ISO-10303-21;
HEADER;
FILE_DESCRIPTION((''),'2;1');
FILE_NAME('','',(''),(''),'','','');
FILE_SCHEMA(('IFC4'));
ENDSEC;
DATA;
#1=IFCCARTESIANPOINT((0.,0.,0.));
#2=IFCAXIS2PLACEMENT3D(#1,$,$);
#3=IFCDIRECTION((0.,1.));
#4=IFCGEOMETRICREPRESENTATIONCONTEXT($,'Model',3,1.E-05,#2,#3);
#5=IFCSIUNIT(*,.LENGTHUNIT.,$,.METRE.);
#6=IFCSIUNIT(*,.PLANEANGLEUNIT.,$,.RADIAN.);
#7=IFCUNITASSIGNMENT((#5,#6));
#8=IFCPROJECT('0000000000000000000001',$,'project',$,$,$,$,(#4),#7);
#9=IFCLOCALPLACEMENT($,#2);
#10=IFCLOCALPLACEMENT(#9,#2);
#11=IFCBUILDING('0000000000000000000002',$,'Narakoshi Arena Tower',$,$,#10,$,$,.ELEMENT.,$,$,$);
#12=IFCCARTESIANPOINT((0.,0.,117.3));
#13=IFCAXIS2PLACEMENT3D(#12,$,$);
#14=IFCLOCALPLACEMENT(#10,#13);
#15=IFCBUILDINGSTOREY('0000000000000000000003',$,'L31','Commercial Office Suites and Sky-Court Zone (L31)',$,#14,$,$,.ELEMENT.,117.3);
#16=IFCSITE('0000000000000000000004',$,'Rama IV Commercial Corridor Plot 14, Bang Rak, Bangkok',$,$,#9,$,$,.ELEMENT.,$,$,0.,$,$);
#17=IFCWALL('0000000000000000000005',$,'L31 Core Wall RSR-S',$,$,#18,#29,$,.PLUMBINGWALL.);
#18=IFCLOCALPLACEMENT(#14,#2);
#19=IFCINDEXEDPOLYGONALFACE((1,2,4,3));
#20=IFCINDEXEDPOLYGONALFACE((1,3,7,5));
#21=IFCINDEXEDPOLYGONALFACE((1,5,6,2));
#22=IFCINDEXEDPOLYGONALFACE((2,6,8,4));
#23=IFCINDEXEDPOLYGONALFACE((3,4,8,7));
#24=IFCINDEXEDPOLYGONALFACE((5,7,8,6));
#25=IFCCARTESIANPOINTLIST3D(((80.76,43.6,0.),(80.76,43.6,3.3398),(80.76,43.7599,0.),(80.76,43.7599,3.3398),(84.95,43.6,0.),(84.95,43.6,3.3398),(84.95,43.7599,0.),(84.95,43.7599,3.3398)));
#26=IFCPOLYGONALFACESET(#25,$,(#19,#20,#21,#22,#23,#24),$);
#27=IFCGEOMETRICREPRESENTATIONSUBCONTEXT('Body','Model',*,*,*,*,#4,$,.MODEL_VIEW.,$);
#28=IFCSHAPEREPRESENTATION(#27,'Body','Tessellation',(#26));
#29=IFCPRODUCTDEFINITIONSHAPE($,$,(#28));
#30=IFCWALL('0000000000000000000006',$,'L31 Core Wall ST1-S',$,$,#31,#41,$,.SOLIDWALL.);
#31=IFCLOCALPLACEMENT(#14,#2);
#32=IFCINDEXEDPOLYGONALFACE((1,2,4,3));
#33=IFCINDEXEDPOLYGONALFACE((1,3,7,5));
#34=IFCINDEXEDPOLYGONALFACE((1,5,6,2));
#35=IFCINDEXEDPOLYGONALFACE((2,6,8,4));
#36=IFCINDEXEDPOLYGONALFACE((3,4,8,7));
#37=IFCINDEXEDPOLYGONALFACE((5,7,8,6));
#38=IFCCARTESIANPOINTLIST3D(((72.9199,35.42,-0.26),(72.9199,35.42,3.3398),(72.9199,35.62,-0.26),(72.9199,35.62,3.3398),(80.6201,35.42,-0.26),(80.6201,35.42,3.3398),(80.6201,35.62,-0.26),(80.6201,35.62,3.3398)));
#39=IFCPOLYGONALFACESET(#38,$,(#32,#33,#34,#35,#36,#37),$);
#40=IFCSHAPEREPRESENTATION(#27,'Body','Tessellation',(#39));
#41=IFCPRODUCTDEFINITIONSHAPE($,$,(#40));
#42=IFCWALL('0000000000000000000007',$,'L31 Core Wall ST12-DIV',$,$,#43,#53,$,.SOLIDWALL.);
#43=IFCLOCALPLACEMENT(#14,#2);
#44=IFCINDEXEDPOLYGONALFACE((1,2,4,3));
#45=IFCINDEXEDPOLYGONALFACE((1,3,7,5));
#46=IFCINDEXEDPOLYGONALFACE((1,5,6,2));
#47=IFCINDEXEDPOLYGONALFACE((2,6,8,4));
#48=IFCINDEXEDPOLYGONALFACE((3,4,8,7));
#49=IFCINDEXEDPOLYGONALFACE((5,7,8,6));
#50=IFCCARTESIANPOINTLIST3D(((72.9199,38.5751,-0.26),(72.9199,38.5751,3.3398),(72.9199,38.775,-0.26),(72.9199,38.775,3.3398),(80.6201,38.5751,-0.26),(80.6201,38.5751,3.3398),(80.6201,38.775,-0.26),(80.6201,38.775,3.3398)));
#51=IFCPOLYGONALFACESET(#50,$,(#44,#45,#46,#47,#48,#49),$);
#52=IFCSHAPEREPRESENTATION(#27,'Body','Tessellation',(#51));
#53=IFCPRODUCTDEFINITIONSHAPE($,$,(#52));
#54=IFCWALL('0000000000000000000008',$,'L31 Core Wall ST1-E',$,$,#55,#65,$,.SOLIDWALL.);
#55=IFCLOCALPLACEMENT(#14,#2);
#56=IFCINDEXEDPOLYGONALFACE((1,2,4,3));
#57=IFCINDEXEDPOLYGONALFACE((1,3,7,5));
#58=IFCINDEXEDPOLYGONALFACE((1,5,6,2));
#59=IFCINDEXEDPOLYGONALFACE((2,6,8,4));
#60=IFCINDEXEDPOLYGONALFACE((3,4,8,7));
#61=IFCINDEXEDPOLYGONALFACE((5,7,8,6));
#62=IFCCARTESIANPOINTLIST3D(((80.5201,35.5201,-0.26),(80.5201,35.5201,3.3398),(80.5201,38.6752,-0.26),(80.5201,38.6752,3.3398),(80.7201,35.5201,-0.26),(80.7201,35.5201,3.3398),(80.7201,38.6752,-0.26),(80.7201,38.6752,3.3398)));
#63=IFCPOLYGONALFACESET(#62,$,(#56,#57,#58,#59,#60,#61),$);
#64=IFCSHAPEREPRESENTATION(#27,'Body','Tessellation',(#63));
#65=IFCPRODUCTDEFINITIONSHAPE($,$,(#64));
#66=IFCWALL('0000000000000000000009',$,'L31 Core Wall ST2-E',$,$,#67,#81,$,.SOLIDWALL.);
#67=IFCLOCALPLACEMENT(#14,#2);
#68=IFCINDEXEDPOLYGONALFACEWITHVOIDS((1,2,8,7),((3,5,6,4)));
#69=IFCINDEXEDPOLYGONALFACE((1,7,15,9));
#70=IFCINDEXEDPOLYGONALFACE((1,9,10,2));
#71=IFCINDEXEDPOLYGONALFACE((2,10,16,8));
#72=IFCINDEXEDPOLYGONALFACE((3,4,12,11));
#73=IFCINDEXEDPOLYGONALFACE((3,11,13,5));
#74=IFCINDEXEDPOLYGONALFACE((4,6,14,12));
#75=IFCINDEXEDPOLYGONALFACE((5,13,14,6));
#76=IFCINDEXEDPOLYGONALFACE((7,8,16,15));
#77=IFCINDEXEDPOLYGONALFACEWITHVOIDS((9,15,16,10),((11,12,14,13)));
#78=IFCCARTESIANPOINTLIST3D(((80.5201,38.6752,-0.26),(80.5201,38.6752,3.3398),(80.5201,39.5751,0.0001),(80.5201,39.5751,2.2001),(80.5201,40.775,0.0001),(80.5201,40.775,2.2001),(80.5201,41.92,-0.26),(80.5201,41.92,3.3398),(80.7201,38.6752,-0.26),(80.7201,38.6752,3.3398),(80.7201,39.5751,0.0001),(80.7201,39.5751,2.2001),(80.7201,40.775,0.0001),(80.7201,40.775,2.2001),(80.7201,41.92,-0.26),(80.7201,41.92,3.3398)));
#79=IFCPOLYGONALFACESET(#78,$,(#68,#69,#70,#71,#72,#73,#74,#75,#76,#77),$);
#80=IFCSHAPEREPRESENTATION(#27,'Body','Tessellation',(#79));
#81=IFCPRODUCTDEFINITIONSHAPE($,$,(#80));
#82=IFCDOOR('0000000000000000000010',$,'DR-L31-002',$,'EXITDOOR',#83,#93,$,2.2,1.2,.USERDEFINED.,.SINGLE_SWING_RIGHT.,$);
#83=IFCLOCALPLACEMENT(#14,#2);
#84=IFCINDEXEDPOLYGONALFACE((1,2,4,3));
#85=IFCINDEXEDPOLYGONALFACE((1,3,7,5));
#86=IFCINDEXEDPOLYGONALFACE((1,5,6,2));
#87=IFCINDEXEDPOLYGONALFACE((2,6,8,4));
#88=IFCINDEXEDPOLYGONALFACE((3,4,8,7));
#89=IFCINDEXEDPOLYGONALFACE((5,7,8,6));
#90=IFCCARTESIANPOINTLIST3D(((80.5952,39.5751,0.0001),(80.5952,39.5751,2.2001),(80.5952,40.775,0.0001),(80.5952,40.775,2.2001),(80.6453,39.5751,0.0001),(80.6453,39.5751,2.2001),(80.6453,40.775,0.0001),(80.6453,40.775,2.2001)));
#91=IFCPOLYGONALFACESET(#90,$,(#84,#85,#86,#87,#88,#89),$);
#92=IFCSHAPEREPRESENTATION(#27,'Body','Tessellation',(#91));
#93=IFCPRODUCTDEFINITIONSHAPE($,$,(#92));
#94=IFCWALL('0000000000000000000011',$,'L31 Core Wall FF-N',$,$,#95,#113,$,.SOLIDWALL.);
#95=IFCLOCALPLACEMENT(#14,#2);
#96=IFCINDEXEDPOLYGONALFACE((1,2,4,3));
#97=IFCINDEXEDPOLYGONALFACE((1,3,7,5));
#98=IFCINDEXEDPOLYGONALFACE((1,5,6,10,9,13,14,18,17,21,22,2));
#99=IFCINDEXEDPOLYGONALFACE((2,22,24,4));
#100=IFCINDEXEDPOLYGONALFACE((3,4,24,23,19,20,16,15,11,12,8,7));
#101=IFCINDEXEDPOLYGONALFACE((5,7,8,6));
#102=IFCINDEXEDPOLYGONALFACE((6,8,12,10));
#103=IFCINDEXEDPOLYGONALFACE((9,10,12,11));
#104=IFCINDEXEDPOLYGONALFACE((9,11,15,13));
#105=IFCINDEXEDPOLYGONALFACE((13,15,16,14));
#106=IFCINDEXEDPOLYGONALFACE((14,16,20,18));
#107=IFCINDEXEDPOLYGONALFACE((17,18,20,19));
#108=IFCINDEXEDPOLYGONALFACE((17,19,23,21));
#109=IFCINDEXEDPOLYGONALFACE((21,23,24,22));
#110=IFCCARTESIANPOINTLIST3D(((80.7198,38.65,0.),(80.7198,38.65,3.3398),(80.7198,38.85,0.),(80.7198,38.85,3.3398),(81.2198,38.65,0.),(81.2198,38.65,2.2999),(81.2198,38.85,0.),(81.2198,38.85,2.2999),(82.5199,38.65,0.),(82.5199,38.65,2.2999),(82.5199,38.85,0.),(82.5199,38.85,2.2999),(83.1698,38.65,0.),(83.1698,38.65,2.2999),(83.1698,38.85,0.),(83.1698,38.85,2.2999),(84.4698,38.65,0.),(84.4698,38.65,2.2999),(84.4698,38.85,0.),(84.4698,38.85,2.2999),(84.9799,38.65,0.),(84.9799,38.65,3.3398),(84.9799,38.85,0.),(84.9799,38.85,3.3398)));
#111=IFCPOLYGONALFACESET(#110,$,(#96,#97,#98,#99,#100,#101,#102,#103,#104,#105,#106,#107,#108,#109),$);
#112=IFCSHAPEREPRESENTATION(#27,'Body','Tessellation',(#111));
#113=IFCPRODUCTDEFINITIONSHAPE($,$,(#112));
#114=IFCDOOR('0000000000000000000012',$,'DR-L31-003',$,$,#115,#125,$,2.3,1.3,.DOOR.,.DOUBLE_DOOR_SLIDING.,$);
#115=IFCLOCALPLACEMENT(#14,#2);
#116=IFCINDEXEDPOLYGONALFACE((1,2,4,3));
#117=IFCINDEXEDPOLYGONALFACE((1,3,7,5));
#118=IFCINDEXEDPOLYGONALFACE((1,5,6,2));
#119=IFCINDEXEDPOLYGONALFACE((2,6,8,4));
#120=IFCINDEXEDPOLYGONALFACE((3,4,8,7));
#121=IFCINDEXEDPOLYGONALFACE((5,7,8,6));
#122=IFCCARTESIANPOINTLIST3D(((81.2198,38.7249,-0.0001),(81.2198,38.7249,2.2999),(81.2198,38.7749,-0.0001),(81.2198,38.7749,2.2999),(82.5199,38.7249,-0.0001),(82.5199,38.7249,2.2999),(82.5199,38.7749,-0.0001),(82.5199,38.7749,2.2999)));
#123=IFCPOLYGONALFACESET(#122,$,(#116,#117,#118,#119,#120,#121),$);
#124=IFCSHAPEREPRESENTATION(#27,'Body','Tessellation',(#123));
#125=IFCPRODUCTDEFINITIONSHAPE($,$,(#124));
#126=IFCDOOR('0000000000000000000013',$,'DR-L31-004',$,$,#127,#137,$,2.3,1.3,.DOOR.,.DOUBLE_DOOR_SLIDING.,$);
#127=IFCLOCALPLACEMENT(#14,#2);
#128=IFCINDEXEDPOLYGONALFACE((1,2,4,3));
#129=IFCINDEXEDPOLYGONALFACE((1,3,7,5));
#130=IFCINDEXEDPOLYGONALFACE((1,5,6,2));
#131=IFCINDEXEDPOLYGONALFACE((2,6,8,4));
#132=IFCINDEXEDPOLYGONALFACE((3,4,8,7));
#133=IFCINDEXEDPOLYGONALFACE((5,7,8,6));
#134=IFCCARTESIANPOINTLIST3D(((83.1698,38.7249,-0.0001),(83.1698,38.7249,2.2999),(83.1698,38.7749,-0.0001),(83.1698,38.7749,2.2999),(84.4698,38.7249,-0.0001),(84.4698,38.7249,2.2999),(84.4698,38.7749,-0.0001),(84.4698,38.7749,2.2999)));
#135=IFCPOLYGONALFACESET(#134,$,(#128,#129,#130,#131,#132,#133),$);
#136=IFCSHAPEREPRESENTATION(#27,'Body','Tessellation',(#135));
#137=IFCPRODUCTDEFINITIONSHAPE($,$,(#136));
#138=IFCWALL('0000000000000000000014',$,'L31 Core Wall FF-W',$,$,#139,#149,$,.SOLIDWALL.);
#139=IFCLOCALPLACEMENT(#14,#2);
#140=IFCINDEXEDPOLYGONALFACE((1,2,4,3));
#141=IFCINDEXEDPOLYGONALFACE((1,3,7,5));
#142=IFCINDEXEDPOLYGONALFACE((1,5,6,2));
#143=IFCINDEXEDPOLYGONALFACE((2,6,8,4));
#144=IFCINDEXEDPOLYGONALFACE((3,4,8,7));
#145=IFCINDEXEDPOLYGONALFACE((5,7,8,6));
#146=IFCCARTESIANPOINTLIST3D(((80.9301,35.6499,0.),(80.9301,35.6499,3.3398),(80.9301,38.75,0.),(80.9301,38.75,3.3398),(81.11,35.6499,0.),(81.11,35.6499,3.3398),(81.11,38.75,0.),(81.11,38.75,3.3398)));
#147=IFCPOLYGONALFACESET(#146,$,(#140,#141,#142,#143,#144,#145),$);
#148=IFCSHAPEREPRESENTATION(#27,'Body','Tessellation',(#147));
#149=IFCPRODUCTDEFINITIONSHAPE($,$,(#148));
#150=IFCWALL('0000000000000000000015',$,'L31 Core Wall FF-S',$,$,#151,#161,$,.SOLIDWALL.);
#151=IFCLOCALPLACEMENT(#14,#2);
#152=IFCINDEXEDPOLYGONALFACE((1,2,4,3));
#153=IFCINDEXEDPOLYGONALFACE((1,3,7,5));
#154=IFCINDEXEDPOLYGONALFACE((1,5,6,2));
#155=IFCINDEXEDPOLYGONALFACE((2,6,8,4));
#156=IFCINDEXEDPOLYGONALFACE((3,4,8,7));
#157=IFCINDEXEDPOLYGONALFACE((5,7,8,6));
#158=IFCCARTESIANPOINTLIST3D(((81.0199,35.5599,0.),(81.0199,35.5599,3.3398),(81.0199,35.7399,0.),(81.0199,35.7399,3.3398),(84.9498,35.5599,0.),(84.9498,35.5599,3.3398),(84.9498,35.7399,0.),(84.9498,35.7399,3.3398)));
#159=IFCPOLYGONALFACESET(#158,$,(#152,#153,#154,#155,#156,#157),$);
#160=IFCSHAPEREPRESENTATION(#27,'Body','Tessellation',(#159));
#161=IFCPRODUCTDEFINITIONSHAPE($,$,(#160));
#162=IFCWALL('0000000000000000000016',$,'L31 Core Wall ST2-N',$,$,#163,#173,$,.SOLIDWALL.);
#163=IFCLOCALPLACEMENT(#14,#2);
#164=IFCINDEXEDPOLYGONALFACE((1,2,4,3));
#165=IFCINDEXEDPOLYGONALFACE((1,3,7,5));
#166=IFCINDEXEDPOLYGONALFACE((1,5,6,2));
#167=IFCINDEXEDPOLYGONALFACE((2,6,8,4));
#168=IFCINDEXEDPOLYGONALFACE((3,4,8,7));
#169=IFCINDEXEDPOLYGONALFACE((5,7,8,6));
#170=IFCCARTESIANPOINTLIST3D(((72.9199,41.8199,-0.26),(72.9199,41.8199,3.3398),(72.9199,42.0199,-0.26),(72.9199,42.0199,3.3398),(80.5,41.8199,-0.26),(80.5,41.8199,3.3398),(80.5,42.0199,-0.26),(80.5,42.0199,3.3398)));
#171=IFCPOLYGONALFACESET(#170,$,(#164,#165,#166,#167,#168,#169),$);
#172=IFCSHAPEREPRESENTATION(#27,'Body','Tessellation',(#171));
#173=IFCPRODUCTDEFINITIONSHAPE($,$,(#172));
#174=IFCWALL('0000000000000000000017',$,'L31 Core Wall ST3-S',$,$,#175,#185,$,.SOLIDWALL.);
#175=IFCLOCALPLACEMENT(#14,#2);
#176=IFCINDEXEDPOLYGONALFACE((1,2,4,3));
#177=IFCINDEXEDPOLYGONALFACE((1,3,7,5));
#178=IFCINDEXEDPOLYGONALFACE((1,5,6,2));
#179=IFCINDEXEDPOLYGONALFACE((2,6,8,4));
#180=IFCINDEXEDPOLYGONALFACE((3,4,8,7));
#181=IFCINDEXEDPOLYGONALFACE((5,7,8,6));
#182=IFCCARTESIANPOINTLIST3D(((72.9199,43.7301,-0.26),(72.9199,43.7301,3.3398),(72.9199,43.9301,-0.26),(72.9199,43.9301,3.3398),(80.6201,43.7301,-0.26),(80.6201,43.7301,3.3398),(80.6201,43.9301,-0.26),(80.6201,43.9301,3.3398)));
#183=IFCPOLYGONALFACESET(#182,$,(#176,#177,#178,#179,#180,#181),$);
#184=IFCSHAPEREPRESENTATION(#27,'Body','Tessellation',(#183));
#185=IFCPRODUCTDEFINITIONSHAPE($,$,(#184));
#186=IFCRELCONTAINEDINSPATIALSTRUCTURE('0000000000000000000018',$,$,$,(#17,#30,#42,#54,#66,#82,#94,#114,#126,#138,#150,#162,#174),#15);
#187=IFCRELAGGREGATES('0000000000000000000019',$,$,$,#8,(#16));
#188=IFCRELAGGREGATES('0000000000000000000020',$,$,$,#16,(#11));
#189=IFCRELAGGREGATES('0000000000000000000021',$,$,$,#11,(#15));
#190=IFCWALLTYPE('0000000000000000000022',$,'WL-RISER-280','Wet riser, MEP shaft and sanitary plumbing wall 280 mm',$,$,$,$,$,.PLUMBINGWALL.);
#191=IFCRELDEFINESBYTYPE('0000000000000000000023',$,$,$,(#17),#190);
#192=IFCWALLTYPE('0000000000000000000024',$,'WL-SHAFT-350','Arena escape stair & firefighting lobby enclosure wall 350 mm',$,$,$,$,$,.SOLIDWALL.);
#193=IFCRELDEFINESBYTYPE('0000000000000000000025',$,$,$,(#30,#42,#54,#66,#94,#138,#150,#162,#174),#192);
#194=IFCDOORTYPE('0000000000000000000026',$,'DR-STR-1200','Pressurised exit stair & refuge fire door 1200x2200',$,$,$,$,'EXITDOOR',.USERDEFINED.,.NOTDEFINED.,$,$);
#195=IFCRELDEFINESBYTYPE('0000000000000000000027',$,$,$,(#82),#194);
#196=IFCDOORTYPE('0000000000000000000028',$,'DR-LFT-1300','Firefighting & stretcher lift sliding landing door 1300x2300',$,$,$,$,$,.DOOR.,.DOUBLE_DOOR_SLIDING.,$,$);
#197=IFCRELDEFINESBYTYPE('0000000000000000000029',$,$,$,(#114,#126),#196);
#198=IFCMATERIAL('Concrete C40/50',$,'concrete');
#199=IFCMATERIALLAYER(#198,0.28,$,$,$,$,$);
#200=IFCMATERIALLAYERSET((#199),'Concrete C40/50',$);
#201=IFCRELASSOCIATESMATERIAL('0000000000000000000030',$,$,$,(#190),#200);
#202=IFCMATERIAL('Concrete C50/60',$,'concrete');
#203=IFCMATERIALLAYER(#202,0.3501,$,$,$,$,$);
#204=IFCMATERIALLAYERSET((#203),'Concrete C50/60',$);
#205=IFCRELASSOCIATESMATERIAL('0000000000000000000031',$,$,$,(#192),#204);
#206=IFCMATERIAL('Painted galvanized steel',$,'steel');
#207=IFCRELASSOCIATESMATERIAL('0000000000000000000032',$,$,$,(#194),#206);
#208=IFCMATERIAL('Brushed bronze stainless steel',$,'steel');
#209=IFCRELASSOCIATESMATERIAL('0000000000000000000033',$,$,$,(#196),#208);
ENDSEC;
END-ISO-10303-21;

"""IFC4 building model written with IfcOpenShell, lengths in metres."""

from ifc_helpers import new_model, si_unit, direction, frame, frame_2d, origin, place, context, subcontext, project, spatial, rectangle, extrude, material, layer, layer_set, type_object, element, fill, save


model = new_model("IFC4")

# Units and contexts
model_context = context("Model", 3, precision=1e-05, world=origin(), true_north=direction((0.0, 1.0)))
body_context = subcontext(model_context, "Body", "Model", "MODEL_VIEW")
ifc_project = project(units=[si_unit("LENGTHUNIT", "METRE"), si_unit("PLANEANGLEUNIT", "RADIAN")], contexts=[model_context])

# Site, building, storey
site_placement = place(None, origin())
site = spatial("IfcSite", under=ifc_project, at=site_placement, Name="Rama IV Commercial Corridor Plot 14, Bang Rak, Bangkok", CompositionType="ELEMENT", RefElevation=0.0)
building_placement = place(site_placement, origin())
building = spatial("IfcBuilding", under=site, at=building_placement, Name="Narakoshi Arena Tower", CompositionType="ELEMENT")
storey_placement = place(building_placement, frame((0.0, 0.0, 117.3)))
storey = spatial("IfcBuildingStorey", under=building, at=storey_placement, Name="L31", Description="Commercial Office Suites and Sky-Court Zone (L31)", CompositionType="ELEMENT", Elevation=117.3)

# Walls
ifc_material_1 = material(Name="Concrete C40/50", Category="concrete")
ifc_layer_1 = layer(ifc_material_1, 0.28)
ifc_layer_set_1 = layer_set([ifc_layer_1], Name="Concrete C40/50")
wall_type_1 = type_object("IfcWallType", Name="WL-RISER-280", Description="Wet riser, MEP shaft and sanitary plumbing wall 280 mm", PredefinedType="PLUMBINGWALL", material=ifc_layer_set_1)
wall_1_placement = place(storey_placement, frame((80.76, 43.6799, 0.0), z_axis=(0.0, 0.0, 1.0), x_axis=(1.0, 0.0, 0.0)))
element("IfcWall", 1, at=wall_1_placement, inside=storey, type_object=wall_type_1, Name="L31 Core Wall RSR-S", PredefinedType="PLUMBINGWALL", context=body_context, shape_type="SweptSolid", body=[
    extrude(rectangle(XDim=4.1899, YDim=0.1599, at=frame_2d((2.095, 0.0))), origin(), (0.0, 0.0, 1.0), 3.3398),
])
ifc_material_2 = material(Name="Concrete C50/60", Category="concrete")
ifc_layer_2 = layer(ifc_material_2, 0.3501)
ifc_layer_set_2 = layer_set([ifc_layer_2], Name="Concrete C50/60")
wall_type_2 = type_object("IfcWallType", Name="WL-SHAFT-350", Description="Arena escape stair & firefighting lobby enclosure wall 350 mm", PredefinedType="SOLIDWALL", material=ifc_layer_set_2)
for number, where, z_axis, x_axis, name in (
    (2, (72.9199, 35.52, -0.26), (0.0, 0.0, 1.0), (1.0, 0.0, 0.0), "L31 Core Wall ST1-S"),
    (3, (72.9199, 38.675, -0.26), (0.0, 0.0, 1.0), (1.0, 0.0, 0.0), "L31 Core Wall ST12-DIV"),
):
    element("IfcWall", number, at=place(storey_placement, frame(where, z_axis=z_axis, x_axis=x_axis)), inside=storey, type_object=wall_type_2, Name=name, PredefinedType="SOLIDWALL", context=body_context, shape_type="SweptSolid", body=[
        extrude(rectangle(XDim=7.7002, YDim=0.2, at=frame_2d((3.8501, 0.0))), origin(), (0.0, 0.0, 1.0), 3.5999),
    ])
wall_2_placement = place(storey_placement, frame((80.6201, 35.52, -0.26), z_axis=(0.0, 0.0, 1.0), x_axis=(0.0, 1.0, 0.0)))
element("IfcWall", 4, at=wall_2_placement, inside=storey, type_object=wall_type_2, Name="L31 Core Wall ST1-E", PredefinedType="SOLIDWALL", context=body_context, shape_type="SweptSolid", body=[
    extrude(rectangle(XDim=3.155, YDim=0.2, at=frame_2d((1.5776, 0.0))), origin(), (0.0, 0.0, 1.0), 3.5999),
])

# Wall, opening, door
wall_3_placement = place(storey_placement, frame((80.6201, 38.675, -0.26), z_axis=(0.0, 0.0, 1.0), x_axis=(0.0, 1.0, 0.0)))
wall_3 = element("IfcWall", 5, at=wall_3_placement, inside=storey, type_object=wall_type_2, Name="L31 Core Wall ST2-E", PredefinedType="SOLIDWALL", context=body_context, shape_type="SweptSolid", body=[
    extrude(rectangle(XDim=3.2449, YDim=0.2, at=frame_2d((1.6226, 0.0))), origin(), (0.0, 0.0, 1.0), 3.5999),
])
opening_1_placement = place(wall_3_placement, frame((0.8999, 0.0, 0.26)))
opening_1 = element("IfcOpeningElement", 6, at=opening_1_placement, cuts=wall_3, PredefinedType="OPENING", context=body_context, shape_type="SweptSolid", body=[
    extrude(rectangle(XDim=1.2, YDim=2.2, at=frame_2d((0.6001, 1.1001))), frame((0.0, 0.1099, 0.0), z_axis=(0.0, -1.0, 0.0), x_axis=(1.0, 0.0, 0.0)), (0.0, 0.0, 1.0), 0.22),
])
ifc_material_3 = material(Name="Painted galvanized steel", Category="steel")
door_type_1 = type_object("IfcDoorType", Name="DR-STR-1200", Description="Pressurised exit stair & refuge fire door 1200x2200", ElementType="EXITDOOR", OperationType="NOTDEFINED", PredefinedType="USERDEFINED", material=ifc_material_3)
door_1_placement = place(opening_1_placement, origin())
door_1 = element("IfcDoor", 7, at=door_1_placement, inside=storey, type_object=door_type_1, Name="DR-L31-002", ObjectType="EXITDOOR", OperationType="SINGLE_SWING_RIGHT", OverallHeight=2.2, OverallWidth=1.2, PredefinedType="USERDEFINED", context=body_context, shape_type="SweptSolid", body=[
    extrude(rectangle(XDim=1.2, YDim=2.2, at=frame_2d((0.6001, 1.1001))), frame((0.0, 0.0249, 0.0), z_axis=(0.0, -1.0, 0.0), x_axis=(1.0, 0.0, 0.0)), (0.0, 0.0, 1.0), 0.05),
])
fill(opening_1, door_1)

# Wall, openings, doors
wall_4_placement = place(storey_placement, frame((80.72, 38.75, 0.0), z_axis=(0.0, 0.0, 1.0), x_axis=(1.0, 0.0, 0.0)))
wall_4 = element("IfcWall", 8, at=wall_4_placement, inside=storey, type_object=wall_type_2, Name="L31 Core Wall FF-N", PredefinedType="SOLIDWALL", context=body_context, shape_type="SweptSolid", body=[
    extrude(rectangle(XDim=4.26, YDim=0.2, at=frame_2d((2.1299, 0.0))), origin(), (0.0, 0.0, 1.0), 3.3398),
])
opening_2_placement = place(wall_4_placement, frame((0.5, 0.0, 0.0)))
opening_2 = element("IfcOpeningElement", 9, at=opening_2_placement, cuts=wall_4, PredefinedType="OPENING", context=body_context, shape_type="SweptSolid", body=[
    extrude(rectangle(XDim=1.3, YDim=2.3, at=frame_2d((0.6499, 1.1499))), frame((0.0, 0.1099, 0.0), z_axis=(0.0, -1.0, 0.0), x_axis=(1.0, 0.0, 0.0)), (0.0, 0.0, 1.0), 0.22),
])
opening_3_placement = place(wall_4_placement, frame((2.45, 0.0, 0.0)))
opening_3 = element("IfcOpeningElement", 10, at=opening_3_placement, cuts=wall_4, PredefinedType="OPENING", context=body_context, shape_type="SweptSolid", body=[
    extrude(rectangle(XDim=1.3, YDim=2.3, at=frame_2d((0.6499, 1.1499))), frame((0.0, 0.1099, 0.0), z_axis=(0.0, -1.0, 0.0), x_axis=(1.0, 0.0, 0.0)), (0.0, 0.0, 1.0), 0.22),
])
ifc_material_4 = material(Name="Brushed bronze stainless steel", Category="steel")
door_type_2 = type_object("IfcDoorType", Name="DR-LFT-1300", Description="Firefighting & stretcher lift sliding landing door 1300x2300", OperationType="DOUBLE_DOOR_SLIDING", PredefinedType="DOOR", material=ifc_material_4)
door_2_placement = place(opening_2_placement, origin())
door_2 = element("IfcDoor", 11, at=door_2_placement, inside=storey, type_object=door_type_2, Name="DR-L31-003", OperationType="DOUBLE_DOOR_SLIDING", OverallHeight=2.3, OverallWidth=1.3, PredefinedType="DOOR", context=body_context, shape_type="SweptSolid", body=[
    extrude(rectangle(XDim=1.3, YDim=2.3, at=frame_2d((0.6499, 1.1499))), frame((0.0, 0.0249, 0.0), z_axis=(0.0, -1.0, 0.0), x_axis=(1.0, 0.0, 0.0)), (0.0, 0.0, 1.0), 0.05),
])
fill(opening_2, door_2)
door_3_placement = place(opening_3_placement, origin())
door_3 = element("IfcDoor", 12, at=door_3_placement, inside=storey, type_object=door_type_2, Name="DR-L31-004", OperationType="DOUBLE_DOOR_SLIDING", OverallHeight=2.3, OverallWidth=1.3, PredefinedType="DOOR", context=body_context, shape_type="SweptSolid", body=[
    extrude(rectangle(XDim=1.3, YDim=2.3, at=frame_2d((0.6499, 1.1499))), frame((0.0, 0.0249, 0.0), z_axis=(0.0, -1.0, 0.0), x_axis=(1.0, 0.0, 0.0)), (0.0, 0.0, 1.0), 0.05),
])
fill(opening_3, door_3)

# Walls
wall_5_placement = place(storey_placement, frame((81.02, 35.6499, 0.0), z_axis=(0.0, 0.0, 1.0), x_axis=(0.0, 1.0, 0.0)))
element("IfcWall", 13, at=wall_5_placement, inside=storey, type_object=wall_type_2, Name="L31 Core Wall FF-W", PredefinedType="SOLIDWALL", context=body_context, shape_type="SweptSolid", body=[
    extrude(rectangle(XDim=3.1001, YDim=0.1799, at=frame_2d((1.55, 0.0))), origin(), (0.0, 0.0, 1.0), 3.3398),
])
wall_6_placement = place(storey_placement, frame((81.02, 35.6499, 0.0), z_axis=(0.0, 0.0, 1.0), x_axis=(1.0, 0.0, 0.0)))
element("IfcWall", 14, at=wall_6_placement, inside=storey, type_object=wall_type_2, Name="L31 Core Wall FF-S", PredefinedType="SOLIDWALL", context=body_context, shape_type="SweptSolid", body=[
    extrude(rectangle(XDim=3.9299, YDim=0.1799, at=frame_2d((1.9648, 0.0))), origin(), (0.0, 0.0, 1.0), 3.3398),
])
wall_7_placement = place(storey_placement, frame((72.9199, 41.9199, -0.26), z_axis=(0.0, 0.0, 1.0), x_axis=(1.0, 0.0, 0.0)))
element("IfcWall", 15, at=wall_7_placement, inside=storey, type_object=wall_type_2, Name="L31 Core Wall ST2-N", PredefinedType="SOLIDWALL", context=body_context, shape_type="SweptSolid", body=[
    extrude(rectangle(XDim=7.5801, YDim=0.2, at=frame_2d((3.79, 0.0))), origin(), (0.0, 0.0, 1.0), 3.5999),
])
wall_8_placement = place(storey_placement, frame((72.9199, 43.8301, -0.26), z_axis=(0.0, 0.0, 1.0), x_axis=(1.0, 0.0, 0.0)))
element("IfcWall", 16, at=wall_8_placement, inside=storey, type_object=wall_type_2, Name="L31 Core Wall ST3-S", PredefinedType="SOLIDWALL", context=body_context, shape_type="SweptSolid", body=[
    extrude(rectangle(XDim=7.7002, YDim=0.2, at=frame_2d((3.8501, 0.0))), origin(), (0.0, 0.0, 1.0), 3.5999),
])

save(model, "model.ifc")
